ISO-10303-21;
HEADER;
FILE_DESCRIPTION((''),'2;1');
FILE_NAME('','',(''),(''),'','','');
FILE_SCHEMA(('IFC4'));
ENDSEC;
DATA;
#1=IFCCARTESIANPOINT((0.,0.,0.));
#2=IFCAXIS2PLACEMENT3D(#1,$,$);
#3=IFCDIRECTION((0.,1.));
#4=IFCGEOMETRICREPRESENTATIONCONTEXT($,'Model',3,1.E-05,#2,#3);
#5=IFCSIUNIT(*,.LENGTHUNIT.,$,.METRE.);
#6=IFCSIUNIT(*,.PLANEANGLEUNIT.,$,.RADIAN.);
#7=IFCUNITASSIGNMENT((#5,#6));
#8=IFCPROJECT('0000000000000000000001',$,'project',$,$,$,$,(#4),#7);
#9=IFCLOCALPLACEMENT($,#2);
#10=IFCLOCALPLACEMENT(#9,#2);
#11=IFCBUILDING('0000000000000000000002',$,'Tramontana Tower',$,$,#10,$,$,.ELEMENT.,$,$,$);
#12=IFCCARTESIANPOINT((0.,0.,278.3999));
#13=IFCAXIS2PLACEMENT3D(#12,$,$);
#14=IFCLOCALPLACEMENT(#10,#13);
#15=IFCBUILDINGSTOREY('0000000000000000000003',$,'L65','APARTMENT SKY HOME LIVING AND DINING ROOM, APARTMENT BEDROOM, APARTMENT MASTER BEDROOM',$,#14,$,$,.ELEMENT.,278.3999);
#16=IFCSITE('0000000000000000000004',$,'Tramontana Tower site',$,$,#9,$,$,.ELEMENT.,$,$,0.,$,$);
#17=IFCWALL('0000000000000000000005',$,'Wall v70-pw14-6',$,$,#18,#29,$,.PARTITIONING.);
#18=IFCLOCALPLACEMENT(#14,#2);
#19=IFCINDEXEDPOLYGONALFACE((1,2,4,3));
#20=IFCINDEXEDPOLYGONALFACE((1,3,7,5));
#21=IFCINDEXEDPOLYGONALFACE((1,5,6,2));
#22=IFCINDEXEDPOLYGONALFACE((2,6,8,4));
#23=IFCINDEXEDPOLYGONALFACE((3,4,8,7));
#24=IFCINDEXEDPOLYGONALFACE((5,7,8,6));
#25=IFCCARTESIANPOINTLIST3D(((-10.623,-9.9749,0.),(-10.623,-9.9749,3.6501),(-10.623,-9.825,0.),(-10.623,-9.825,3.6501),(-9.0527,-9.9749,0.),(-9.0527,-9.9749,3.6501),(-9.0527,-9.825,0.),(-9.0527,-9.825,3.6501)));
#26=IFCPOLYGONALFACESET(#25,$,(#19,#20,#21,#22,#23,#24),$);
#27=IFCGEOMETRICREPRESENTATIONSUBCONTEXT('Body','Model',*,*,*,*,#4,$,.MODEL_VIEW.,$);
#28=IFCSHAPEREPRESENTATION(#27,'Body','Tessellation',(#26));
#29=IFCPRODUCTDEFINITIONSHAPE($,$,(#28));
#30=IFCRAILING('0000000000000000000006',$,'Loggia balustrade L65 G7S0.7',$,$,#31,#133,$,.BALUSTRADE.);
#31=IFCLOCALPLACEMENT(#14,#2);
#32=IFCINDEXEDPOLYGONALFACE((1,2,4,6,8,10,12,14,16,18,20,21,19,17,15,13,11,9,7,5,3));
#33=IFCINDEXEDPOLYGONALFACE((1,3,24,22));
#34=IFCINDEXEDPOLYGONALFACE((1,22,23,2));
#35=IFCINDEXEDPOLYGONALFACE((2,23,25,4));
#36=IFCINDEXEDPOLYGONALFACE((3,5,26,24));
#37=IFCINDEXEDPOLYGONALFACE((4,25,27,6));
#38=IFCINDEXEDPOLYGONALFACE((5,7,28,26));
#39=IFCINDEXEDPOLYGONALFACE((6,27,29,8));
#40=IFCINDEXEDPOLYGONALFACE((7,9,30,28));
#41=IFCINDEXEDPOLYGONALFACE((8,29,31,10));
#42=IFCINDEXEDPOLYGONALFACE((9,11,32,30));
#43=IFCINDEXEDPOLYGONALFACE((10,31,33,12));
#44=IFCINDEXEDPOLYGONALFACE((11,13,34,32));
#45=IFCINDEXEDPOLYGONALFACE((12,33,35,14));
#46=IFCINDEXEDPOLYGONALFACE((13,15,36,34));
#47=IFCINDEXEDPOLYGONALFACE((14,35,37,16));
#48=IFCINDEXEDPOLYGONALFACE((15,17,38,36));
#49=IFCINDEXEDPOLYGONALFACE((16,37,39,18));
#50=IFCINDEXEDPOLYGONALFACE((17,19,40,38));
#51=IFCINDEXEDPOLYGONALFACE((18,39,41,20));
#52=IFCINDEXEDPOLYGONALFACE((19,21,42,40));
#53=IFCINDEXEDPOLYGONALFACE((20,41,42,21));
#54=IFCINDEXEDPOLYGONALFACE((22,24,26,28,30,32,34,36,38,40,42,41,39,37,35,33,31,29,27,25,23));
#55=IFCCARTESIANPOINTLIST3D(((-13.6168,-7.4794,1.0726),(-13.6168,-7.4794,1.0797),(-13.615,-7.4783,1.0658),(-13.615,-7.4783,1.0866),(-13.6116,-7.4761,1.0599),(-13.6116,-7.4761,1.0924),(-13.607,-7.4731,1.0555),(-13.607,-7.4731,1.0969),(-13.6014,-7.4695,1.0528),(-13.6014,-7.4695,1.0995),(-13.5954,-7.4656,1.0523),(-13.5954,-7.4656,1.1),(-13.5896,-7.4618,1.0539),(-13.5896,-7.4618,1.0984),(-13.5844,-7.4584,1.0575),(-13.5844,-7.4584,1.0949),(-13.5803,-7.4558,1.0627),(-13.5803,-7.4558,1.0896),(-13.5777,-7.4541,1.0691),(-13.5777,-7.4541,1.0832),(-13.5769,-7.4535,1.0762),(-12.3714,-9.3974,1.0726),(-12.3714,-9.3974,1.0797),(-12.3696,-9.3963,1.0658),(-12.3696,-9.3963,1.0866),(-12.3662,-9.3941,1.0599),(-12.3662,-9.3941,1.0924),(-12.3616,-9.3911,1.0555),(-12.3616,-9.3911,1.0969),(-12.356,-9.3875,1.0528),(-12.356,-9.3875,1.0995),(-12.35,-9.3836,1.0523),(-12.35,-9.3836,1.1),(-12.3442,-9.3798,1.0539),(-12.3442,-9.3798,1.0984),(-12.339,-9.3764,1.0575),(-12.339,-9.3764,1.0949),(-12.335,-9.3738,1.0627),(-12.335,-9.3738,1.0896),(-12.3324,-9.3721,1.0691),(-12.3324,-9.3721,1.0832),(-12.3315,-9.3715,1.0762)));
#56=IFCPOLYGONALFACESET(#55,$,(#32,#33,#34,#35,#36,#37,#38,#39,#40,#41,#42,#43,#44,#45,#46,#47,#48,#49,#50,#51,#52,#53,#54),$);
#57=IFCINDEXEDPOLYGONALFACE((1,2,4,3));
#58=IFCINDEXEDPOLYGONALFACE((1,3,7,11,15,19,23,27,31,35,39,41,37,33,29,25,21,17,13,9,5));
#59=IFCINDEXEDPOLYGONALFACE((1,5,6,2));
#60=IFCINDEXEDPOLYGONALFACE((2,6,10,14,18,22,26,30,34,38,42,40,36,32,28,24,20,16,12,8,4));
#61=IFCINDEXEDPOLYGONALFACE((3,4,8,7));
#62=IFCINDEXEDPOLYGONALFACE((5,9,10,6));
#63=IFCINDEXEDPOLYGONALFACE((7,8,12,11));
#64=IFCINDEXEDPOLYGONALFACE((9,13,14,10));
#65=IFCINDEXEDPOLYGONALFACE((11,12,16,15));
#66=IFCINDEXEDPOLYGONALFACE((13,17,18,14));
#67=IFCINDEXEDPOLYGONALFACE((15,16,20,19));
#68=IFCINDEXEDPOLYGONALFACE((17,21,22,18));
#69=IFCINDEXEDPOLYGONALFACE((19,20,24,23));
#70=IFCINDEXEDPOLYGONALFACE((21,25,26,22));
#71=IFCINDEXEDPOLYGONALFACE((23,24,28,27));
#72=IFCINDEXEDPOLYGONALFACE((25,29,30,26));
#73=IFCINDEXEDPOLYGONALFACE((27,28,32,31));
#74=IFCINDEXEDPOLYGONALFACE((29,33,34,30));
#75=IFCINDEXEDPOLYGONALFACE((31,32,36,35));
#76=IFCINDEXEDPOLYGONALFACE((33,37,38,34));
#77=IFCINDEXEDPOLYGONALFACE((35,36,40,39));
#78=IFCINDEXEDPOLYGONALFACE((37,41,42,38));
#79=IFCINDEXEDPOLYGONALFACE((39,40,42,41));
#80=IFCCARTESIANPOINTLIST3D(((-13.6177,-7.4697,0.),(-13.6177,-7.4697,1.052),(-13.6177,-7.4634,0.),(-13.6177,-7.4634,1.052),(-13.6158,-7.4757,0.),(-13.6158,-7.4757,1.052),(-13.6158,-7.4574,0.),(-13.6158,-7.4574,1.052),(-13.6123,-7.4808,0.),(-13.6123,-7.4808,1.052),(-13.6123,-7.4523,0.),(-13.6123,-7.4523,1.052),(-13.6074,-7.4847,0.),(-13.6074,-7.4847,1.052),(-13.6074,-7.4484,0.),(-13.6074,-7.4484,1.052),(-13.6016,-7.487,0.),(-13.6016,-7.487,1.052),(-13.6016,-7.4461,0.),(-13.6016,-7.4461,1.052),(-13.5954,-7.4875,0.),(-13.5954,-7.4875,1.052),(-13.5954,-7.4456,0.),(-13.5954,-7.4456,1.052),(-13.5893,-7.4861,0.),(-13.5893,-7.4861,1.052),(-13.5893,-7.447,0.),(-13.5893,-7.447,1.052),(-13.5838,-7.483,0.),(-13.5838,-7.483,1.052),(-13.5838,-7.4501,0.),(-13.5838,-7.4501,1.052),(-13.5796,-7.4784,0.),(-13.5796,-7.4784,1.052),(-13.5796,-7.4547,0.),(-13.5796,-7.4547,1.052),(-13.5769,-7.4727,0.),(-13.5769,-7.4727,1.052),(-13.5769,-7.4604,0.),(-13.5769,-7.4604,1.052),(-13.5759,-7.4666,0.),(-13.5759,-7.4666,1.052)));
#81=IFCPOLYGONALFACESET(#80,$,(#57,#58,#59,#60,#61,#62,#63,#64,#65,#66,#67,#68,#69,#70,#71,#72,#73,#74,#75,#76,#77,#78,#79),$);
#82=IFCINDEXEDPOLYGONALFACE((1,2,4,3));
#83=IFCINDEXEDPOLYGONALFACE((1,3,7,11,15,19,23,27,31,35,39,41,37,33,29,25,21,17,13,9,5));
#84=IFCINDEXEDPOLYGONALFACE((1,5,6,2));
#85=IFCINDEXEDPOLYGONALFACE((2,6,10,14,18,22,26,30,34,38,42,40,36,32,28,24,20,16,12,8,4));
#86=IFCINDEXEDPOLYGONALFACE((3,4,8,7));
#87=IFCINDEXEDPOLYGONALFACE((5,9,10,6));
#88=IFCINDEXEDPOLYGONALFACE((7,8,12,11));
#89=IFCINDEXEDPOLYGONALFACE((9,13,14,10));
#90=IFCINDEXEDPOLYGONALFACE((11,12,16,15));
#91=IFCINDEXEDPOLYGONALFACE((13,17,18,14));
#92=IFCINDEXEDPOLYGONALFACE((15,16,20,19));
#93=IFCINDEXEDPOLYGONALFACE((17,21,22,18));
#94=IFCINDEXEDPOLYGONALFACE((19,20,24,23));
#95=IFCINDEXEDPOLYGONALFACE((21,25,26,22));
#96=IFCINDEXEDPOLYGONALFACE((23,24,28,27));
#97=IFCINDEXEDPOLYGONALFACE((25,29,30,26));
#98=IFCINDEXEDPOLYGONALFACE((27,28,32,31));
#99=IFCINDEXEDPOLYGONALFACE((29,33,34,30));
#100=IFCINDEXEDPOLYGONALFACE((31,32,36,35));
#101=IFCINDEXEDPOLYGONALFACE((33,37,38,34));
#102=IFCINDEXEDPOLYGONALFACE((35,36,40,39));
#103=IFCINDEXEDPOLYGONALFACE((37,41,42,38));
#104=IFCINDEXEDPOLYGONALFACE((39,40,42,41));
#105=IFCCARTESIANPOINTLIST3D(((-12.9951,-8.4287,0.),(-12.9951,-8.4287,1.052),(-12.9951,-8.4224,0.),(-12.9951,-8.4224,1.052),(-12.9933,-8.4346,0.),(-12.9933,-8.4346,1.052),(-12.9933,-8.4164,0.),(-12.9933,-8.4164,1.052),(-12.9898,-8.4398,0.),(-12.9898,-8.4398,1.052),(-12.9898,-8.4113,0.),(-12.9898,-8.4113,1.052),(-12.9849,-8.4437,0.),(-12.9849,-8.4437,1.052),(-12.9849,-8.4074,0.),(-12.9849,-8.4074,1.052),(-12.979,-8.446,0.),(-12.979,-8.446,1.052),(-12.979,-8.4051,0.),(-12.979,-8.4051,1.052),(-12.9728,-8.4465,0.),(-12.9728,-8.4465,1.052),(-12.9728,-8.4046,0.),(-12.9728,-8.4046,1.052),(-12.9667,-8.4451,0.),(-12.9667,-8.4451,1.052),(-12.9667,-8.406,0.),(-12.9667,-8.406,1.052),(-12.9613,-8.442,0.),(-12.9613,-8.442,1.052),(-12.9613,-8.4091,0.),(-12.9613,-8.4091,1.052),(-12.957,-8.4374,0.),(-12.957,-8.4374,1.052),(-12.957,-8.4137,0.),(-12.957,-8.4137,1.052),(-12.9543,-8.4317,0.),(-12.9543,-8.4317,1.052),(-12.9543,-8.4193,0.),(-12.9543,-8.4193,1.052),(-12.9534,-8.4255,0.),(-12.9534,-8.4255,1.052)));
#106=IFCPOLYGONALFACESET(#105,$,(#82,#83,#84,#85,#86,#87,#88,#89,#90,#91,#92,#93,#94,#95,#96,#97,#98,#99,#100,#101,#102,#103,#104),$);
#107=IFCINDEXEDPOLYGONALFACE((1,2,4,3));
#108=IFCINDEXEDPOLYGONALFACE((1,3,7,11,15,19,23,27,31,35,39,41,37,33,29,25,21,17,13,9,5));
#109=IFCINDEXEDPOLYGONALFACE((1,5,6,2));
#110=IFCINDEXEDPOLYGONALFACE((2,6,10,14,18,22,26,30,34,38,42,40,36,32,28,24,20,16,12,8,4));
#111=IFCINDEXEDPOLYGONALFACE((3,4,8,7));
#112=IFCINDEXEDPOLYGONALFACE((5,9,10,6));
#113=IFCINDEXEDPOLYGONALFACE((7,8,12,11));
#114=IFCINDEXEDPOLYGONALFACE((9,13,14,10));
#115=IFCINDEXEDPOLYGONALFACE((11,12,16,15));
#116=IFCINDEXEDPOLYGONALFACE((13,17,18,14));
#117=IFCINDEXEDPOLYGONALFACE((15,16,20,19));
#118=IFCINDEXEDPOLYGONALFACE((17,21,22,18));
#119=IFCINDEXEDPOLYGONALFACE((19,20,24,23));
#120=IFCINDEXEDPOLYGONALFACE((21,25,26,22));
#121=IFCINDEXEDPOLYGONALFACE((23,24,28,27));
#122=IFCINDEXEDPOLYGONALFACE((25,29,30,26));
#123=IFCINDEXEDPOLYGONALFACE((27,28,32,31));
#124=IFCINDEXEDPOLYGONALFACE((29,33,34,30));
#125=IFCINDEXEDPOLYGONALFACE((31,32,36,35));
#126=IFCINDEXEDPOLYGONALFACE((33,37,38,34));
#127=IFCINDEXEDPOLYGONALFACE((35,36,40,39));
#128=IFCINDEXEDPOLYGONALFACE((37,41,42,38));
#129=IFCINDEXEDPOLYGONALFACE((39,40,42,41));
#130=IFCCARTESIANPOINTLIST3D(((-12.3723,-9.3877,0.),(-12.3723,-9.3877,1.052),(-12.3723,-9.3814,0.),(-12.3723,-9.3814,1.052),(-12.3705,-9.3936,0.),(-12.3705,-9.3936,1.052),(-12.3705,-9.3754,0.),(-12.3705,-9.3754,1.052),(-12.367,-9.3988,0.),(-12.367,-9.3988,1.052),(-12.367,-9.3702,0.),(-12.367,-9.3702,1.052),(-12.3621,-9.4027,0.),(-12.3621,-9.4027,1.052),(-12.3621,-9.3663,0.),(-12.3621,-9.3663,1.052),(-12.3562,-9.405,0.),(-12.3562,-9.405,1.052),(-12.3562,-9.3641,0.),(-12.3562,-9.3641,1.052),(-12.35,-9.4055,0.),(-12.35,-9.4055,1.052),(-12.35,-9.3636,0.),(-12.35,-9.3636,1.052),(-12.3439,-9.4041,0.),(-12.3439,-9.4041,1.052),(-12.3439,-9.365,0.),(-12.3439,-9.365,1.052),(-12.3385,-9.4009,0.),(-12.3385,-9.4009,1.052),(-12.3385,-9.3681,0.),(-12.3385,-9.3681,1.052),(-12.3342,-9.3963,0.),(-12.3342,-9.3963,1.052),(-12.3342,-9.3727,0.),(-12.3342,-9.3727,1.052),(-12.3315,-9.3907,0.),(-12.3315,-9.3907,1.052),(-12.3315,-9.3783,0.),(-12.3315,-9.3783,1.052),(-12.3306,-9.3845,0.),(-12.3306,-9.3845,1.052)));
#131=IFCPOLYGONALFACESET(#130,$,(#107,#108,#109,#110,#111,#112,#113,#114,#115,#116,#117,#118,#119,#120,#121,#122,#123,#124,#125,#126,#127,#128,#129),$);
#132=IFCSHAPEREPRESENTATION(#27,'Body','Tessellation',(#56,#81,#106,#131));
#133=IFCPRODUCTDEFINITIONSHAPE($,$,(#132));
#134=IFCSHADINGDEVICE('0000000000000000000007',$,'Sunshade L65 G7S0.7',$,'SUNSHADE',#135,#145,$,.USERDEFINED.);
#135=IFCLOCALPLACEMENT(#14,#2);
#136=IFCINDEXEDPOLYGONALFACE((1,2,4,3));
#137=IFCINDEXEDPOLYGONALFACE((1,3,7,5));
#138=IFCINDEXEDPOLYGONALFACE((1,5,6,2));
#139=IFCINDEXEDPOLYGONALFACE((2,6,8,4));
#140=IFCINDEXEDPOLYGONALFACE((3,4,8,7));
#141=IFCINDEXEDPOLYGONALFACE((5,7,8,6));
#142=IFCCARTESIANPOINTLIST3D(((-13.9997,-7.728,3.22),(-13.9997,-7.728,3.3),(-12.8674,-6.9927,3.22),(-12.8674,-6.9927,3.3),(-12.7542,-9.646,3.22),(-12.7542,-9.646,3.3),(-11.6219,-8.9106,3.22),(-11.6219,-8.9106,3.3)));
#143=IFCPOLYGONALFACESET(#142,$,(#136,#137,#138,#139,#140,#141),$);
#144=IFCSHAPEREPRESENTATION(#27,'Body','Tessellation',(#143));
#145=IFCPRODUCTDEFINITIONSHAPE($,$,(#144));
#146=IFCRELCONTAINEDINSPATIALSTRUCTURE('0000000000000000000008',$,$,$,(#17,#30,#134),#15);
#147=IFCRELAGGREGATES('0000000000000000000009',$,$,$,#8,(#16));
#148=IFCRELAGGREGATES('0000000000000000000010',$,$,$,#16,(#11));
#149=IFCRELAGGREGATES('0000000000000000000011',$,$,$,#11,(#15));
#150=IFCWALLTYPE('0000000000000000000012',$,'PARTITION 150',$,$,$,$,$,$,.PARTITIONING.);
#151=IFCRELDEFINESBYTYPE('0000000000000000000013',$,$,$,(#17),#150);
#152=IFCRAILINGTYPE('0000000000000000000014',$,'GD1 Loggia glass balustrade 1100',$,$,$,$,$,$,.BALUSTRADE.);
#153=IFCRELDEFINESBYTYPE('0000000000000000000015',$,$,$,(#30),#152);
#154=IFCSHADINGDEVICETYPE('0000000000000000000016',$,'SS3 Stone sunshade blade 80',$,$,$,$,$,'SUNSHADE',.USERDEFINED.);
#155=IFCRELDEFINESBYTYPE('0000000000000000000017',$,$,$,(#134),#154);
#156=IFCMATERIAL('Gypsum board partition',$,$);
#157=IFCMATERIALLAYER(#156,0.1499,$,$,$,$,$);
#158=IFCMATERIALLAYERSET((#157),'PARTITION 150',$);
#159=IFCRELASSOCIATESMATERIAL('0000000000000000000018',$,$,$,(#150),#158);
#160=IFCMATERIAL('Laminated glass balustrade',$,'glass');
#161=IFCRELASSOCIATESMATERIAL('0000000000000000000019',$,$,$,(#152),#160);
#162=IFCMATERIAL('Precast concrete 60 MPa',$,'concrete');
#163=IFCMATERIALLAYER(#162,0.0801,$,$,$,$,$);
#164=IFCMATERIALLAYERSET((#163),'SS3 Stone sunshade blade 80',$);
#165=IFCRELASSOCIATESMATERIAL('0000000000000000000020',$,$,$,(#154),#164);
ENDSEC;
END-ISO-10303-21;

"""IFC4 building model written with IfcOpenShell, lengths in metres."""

from ifc_helpers import new_model, si_unit, direction, frame, frame_2d, origin, origin_2d, place, context, subcontext, project, spatial, rectangle, circle, extrude, material, layer, layer_set, type_object, element, save


model = new_model("IFC4")

# Units and contexts
model_context = context("Model", 3, precision=1e-05, world=origin(), true_north=direction((0.0, 1.0)))
body_context = subcontext(model_context, "Body", "Model", "MODEL_VIEW")
ifc_project = project(units=[si_unit("LENGTHUNIT", "METRE"), si_unit("PLANEANGLEUNIT", "RADIAN")], contexts=[model_context])

# Site, building, storey
site_placement = place(None, origin())
site = spatial("IfcSite", under=ifc_project, at=site_placement, Name="Tramontana Tower site", CompositionType="ELEMENT", RefElevation=0.0)
building_placement = place(site_placement, origin())
building = spatial("IfcBuilding", under=site, at=building_placement, Name="Tramontana Tower", CompositionType="ELEMENT")
storey_placement = place(building_placement, frame((0.0, 0.0, 278.3999)))
storey = spatial("IfcBuildingStorey", under=building, at=storey_placement, Name="L65", Description="APARTMENT SKY HOME LIVING AND DINING ROOM, APARTMENT BEDROOM, APARTMENT MASTER BEDROOM", CompositionType="ELEMENT", Elevation=278.3999)

# Shared definitions
ifc_material_1 = material(Name="Gypsum board partition")
ifc_layer_1 = layer(ifc_material_1, 0.1499)
ifc_layer_set_1 = layer_set([ifc_layer_1], Name="PARTITION 150")
wall_type_1 = type_object("IfcWallType", Name="PARTITION 150", PredefinedType="PARTITIONING", material=ifc_layer_set_1)

# Wall
wall_1_placement = place(storey_placement, frame((-9.0527, -9.8999, 0.0), z_axis=(0.0, 0.0, 1.0), x_axis=(-1.0, 0.0, 0.0)))
element("IfcWall", 1, at=wall_1_placement, inside=storey, type_object=wall_type_1, Name="Wall v70-pw14-6", PredefinedType="PARTITIONING", context=body_context, shape_type="SweptSolid", body=[
    extrude(rectangle(XDim=1.5703, YDim=0.1499, at=frame_2d((0.7852, 0.0))), origin(), (0.0, 0.0, 1.0), 3.6501),
])

# Railing
ifc_material_2 = material(Name="Laminated glass balustrade", Category="glass")
railing_type = type_object("IfcRailingType", Name="GD1 Loggia glass balustrade 1100", PredefinedType="BALUSTRADE", material=ifc_material_2)
railing_placement = place(storey_placement, frame((-13.5969, -7.4666, 0.0)))
element("IfcRailing", 2, at=railing_placement, inside=storey, type_object=railing_type, Name="Loggia balustrade L65 G7S0.7", PredefinedType="BALUSTRADE", context=body_context, shape_type="SweptSolid", body=[
    extrude(circle(Radius=0.0239, at=origin_2d()), frame((0.0, 0.0, 1.0762), z_axis=(0.544583, -0.838707, 0.0), x_axis=(0.838707, 0.544583, 0.0)), (0.0, 0.0, 1.0), 2.2869),
    extrude(circle(Radius=0.021, at=origin_2d()), origin(), (0.0, 0.0, 1.0), 1.052),
    extrude(circle(Radius=0.021, at=origin_2d()), frame((0.6226, -0.959, 0.0)), (0.0, 0.0, 1.0), 1.052),
    extrude(circle(Radius=0.021, at=origin_2d()), frame((1.2454, -1.918, 0.0)), (0.0, 0.0, 1.0), 1.052),
])

# Shading device
ifc_material_3 = material(Name="Precast concrete 60 MPa", Category="concrete")
ifc_layer_2 = layer(ifc_material_3, 0.0801)
ifc_layer_set_2 = layer_set([ifc_layer_2], Name="SS3 Stone sunshade blade 80")
shading_device_type = type_object("IfcShadingDeviceType", Name="SS3 Stone sunshade blade 80", ElementType="SUNSHADE", PredefinedType="USERDEFINED", material=ifc_layer_set_2)
shading_device_placement = place(storey_placement, frame((-12.8108, -8.3193, 3.22), z_axis=(0.0, 0.0, 1.0), x_axis=(0.544639, -0.838671, 0.0)))
element("IfcShadingDevice", 3, at=shading_device_placement, inside=storey, type_object=shading_device_type, Name="Sunshade L65 G7S0.7", ObjectType="SUNSHADE", PredefinedType="USERDEFINED", context=body_context, shape_type="SweptSolid", body=[
    extrude(rectangle(XDim=2.2869, YDim=1.3501, at=origin_2d()), origin(), (0.0, 0.0, 1.0), 0.0801),
])

save(model, "model.ifc")
